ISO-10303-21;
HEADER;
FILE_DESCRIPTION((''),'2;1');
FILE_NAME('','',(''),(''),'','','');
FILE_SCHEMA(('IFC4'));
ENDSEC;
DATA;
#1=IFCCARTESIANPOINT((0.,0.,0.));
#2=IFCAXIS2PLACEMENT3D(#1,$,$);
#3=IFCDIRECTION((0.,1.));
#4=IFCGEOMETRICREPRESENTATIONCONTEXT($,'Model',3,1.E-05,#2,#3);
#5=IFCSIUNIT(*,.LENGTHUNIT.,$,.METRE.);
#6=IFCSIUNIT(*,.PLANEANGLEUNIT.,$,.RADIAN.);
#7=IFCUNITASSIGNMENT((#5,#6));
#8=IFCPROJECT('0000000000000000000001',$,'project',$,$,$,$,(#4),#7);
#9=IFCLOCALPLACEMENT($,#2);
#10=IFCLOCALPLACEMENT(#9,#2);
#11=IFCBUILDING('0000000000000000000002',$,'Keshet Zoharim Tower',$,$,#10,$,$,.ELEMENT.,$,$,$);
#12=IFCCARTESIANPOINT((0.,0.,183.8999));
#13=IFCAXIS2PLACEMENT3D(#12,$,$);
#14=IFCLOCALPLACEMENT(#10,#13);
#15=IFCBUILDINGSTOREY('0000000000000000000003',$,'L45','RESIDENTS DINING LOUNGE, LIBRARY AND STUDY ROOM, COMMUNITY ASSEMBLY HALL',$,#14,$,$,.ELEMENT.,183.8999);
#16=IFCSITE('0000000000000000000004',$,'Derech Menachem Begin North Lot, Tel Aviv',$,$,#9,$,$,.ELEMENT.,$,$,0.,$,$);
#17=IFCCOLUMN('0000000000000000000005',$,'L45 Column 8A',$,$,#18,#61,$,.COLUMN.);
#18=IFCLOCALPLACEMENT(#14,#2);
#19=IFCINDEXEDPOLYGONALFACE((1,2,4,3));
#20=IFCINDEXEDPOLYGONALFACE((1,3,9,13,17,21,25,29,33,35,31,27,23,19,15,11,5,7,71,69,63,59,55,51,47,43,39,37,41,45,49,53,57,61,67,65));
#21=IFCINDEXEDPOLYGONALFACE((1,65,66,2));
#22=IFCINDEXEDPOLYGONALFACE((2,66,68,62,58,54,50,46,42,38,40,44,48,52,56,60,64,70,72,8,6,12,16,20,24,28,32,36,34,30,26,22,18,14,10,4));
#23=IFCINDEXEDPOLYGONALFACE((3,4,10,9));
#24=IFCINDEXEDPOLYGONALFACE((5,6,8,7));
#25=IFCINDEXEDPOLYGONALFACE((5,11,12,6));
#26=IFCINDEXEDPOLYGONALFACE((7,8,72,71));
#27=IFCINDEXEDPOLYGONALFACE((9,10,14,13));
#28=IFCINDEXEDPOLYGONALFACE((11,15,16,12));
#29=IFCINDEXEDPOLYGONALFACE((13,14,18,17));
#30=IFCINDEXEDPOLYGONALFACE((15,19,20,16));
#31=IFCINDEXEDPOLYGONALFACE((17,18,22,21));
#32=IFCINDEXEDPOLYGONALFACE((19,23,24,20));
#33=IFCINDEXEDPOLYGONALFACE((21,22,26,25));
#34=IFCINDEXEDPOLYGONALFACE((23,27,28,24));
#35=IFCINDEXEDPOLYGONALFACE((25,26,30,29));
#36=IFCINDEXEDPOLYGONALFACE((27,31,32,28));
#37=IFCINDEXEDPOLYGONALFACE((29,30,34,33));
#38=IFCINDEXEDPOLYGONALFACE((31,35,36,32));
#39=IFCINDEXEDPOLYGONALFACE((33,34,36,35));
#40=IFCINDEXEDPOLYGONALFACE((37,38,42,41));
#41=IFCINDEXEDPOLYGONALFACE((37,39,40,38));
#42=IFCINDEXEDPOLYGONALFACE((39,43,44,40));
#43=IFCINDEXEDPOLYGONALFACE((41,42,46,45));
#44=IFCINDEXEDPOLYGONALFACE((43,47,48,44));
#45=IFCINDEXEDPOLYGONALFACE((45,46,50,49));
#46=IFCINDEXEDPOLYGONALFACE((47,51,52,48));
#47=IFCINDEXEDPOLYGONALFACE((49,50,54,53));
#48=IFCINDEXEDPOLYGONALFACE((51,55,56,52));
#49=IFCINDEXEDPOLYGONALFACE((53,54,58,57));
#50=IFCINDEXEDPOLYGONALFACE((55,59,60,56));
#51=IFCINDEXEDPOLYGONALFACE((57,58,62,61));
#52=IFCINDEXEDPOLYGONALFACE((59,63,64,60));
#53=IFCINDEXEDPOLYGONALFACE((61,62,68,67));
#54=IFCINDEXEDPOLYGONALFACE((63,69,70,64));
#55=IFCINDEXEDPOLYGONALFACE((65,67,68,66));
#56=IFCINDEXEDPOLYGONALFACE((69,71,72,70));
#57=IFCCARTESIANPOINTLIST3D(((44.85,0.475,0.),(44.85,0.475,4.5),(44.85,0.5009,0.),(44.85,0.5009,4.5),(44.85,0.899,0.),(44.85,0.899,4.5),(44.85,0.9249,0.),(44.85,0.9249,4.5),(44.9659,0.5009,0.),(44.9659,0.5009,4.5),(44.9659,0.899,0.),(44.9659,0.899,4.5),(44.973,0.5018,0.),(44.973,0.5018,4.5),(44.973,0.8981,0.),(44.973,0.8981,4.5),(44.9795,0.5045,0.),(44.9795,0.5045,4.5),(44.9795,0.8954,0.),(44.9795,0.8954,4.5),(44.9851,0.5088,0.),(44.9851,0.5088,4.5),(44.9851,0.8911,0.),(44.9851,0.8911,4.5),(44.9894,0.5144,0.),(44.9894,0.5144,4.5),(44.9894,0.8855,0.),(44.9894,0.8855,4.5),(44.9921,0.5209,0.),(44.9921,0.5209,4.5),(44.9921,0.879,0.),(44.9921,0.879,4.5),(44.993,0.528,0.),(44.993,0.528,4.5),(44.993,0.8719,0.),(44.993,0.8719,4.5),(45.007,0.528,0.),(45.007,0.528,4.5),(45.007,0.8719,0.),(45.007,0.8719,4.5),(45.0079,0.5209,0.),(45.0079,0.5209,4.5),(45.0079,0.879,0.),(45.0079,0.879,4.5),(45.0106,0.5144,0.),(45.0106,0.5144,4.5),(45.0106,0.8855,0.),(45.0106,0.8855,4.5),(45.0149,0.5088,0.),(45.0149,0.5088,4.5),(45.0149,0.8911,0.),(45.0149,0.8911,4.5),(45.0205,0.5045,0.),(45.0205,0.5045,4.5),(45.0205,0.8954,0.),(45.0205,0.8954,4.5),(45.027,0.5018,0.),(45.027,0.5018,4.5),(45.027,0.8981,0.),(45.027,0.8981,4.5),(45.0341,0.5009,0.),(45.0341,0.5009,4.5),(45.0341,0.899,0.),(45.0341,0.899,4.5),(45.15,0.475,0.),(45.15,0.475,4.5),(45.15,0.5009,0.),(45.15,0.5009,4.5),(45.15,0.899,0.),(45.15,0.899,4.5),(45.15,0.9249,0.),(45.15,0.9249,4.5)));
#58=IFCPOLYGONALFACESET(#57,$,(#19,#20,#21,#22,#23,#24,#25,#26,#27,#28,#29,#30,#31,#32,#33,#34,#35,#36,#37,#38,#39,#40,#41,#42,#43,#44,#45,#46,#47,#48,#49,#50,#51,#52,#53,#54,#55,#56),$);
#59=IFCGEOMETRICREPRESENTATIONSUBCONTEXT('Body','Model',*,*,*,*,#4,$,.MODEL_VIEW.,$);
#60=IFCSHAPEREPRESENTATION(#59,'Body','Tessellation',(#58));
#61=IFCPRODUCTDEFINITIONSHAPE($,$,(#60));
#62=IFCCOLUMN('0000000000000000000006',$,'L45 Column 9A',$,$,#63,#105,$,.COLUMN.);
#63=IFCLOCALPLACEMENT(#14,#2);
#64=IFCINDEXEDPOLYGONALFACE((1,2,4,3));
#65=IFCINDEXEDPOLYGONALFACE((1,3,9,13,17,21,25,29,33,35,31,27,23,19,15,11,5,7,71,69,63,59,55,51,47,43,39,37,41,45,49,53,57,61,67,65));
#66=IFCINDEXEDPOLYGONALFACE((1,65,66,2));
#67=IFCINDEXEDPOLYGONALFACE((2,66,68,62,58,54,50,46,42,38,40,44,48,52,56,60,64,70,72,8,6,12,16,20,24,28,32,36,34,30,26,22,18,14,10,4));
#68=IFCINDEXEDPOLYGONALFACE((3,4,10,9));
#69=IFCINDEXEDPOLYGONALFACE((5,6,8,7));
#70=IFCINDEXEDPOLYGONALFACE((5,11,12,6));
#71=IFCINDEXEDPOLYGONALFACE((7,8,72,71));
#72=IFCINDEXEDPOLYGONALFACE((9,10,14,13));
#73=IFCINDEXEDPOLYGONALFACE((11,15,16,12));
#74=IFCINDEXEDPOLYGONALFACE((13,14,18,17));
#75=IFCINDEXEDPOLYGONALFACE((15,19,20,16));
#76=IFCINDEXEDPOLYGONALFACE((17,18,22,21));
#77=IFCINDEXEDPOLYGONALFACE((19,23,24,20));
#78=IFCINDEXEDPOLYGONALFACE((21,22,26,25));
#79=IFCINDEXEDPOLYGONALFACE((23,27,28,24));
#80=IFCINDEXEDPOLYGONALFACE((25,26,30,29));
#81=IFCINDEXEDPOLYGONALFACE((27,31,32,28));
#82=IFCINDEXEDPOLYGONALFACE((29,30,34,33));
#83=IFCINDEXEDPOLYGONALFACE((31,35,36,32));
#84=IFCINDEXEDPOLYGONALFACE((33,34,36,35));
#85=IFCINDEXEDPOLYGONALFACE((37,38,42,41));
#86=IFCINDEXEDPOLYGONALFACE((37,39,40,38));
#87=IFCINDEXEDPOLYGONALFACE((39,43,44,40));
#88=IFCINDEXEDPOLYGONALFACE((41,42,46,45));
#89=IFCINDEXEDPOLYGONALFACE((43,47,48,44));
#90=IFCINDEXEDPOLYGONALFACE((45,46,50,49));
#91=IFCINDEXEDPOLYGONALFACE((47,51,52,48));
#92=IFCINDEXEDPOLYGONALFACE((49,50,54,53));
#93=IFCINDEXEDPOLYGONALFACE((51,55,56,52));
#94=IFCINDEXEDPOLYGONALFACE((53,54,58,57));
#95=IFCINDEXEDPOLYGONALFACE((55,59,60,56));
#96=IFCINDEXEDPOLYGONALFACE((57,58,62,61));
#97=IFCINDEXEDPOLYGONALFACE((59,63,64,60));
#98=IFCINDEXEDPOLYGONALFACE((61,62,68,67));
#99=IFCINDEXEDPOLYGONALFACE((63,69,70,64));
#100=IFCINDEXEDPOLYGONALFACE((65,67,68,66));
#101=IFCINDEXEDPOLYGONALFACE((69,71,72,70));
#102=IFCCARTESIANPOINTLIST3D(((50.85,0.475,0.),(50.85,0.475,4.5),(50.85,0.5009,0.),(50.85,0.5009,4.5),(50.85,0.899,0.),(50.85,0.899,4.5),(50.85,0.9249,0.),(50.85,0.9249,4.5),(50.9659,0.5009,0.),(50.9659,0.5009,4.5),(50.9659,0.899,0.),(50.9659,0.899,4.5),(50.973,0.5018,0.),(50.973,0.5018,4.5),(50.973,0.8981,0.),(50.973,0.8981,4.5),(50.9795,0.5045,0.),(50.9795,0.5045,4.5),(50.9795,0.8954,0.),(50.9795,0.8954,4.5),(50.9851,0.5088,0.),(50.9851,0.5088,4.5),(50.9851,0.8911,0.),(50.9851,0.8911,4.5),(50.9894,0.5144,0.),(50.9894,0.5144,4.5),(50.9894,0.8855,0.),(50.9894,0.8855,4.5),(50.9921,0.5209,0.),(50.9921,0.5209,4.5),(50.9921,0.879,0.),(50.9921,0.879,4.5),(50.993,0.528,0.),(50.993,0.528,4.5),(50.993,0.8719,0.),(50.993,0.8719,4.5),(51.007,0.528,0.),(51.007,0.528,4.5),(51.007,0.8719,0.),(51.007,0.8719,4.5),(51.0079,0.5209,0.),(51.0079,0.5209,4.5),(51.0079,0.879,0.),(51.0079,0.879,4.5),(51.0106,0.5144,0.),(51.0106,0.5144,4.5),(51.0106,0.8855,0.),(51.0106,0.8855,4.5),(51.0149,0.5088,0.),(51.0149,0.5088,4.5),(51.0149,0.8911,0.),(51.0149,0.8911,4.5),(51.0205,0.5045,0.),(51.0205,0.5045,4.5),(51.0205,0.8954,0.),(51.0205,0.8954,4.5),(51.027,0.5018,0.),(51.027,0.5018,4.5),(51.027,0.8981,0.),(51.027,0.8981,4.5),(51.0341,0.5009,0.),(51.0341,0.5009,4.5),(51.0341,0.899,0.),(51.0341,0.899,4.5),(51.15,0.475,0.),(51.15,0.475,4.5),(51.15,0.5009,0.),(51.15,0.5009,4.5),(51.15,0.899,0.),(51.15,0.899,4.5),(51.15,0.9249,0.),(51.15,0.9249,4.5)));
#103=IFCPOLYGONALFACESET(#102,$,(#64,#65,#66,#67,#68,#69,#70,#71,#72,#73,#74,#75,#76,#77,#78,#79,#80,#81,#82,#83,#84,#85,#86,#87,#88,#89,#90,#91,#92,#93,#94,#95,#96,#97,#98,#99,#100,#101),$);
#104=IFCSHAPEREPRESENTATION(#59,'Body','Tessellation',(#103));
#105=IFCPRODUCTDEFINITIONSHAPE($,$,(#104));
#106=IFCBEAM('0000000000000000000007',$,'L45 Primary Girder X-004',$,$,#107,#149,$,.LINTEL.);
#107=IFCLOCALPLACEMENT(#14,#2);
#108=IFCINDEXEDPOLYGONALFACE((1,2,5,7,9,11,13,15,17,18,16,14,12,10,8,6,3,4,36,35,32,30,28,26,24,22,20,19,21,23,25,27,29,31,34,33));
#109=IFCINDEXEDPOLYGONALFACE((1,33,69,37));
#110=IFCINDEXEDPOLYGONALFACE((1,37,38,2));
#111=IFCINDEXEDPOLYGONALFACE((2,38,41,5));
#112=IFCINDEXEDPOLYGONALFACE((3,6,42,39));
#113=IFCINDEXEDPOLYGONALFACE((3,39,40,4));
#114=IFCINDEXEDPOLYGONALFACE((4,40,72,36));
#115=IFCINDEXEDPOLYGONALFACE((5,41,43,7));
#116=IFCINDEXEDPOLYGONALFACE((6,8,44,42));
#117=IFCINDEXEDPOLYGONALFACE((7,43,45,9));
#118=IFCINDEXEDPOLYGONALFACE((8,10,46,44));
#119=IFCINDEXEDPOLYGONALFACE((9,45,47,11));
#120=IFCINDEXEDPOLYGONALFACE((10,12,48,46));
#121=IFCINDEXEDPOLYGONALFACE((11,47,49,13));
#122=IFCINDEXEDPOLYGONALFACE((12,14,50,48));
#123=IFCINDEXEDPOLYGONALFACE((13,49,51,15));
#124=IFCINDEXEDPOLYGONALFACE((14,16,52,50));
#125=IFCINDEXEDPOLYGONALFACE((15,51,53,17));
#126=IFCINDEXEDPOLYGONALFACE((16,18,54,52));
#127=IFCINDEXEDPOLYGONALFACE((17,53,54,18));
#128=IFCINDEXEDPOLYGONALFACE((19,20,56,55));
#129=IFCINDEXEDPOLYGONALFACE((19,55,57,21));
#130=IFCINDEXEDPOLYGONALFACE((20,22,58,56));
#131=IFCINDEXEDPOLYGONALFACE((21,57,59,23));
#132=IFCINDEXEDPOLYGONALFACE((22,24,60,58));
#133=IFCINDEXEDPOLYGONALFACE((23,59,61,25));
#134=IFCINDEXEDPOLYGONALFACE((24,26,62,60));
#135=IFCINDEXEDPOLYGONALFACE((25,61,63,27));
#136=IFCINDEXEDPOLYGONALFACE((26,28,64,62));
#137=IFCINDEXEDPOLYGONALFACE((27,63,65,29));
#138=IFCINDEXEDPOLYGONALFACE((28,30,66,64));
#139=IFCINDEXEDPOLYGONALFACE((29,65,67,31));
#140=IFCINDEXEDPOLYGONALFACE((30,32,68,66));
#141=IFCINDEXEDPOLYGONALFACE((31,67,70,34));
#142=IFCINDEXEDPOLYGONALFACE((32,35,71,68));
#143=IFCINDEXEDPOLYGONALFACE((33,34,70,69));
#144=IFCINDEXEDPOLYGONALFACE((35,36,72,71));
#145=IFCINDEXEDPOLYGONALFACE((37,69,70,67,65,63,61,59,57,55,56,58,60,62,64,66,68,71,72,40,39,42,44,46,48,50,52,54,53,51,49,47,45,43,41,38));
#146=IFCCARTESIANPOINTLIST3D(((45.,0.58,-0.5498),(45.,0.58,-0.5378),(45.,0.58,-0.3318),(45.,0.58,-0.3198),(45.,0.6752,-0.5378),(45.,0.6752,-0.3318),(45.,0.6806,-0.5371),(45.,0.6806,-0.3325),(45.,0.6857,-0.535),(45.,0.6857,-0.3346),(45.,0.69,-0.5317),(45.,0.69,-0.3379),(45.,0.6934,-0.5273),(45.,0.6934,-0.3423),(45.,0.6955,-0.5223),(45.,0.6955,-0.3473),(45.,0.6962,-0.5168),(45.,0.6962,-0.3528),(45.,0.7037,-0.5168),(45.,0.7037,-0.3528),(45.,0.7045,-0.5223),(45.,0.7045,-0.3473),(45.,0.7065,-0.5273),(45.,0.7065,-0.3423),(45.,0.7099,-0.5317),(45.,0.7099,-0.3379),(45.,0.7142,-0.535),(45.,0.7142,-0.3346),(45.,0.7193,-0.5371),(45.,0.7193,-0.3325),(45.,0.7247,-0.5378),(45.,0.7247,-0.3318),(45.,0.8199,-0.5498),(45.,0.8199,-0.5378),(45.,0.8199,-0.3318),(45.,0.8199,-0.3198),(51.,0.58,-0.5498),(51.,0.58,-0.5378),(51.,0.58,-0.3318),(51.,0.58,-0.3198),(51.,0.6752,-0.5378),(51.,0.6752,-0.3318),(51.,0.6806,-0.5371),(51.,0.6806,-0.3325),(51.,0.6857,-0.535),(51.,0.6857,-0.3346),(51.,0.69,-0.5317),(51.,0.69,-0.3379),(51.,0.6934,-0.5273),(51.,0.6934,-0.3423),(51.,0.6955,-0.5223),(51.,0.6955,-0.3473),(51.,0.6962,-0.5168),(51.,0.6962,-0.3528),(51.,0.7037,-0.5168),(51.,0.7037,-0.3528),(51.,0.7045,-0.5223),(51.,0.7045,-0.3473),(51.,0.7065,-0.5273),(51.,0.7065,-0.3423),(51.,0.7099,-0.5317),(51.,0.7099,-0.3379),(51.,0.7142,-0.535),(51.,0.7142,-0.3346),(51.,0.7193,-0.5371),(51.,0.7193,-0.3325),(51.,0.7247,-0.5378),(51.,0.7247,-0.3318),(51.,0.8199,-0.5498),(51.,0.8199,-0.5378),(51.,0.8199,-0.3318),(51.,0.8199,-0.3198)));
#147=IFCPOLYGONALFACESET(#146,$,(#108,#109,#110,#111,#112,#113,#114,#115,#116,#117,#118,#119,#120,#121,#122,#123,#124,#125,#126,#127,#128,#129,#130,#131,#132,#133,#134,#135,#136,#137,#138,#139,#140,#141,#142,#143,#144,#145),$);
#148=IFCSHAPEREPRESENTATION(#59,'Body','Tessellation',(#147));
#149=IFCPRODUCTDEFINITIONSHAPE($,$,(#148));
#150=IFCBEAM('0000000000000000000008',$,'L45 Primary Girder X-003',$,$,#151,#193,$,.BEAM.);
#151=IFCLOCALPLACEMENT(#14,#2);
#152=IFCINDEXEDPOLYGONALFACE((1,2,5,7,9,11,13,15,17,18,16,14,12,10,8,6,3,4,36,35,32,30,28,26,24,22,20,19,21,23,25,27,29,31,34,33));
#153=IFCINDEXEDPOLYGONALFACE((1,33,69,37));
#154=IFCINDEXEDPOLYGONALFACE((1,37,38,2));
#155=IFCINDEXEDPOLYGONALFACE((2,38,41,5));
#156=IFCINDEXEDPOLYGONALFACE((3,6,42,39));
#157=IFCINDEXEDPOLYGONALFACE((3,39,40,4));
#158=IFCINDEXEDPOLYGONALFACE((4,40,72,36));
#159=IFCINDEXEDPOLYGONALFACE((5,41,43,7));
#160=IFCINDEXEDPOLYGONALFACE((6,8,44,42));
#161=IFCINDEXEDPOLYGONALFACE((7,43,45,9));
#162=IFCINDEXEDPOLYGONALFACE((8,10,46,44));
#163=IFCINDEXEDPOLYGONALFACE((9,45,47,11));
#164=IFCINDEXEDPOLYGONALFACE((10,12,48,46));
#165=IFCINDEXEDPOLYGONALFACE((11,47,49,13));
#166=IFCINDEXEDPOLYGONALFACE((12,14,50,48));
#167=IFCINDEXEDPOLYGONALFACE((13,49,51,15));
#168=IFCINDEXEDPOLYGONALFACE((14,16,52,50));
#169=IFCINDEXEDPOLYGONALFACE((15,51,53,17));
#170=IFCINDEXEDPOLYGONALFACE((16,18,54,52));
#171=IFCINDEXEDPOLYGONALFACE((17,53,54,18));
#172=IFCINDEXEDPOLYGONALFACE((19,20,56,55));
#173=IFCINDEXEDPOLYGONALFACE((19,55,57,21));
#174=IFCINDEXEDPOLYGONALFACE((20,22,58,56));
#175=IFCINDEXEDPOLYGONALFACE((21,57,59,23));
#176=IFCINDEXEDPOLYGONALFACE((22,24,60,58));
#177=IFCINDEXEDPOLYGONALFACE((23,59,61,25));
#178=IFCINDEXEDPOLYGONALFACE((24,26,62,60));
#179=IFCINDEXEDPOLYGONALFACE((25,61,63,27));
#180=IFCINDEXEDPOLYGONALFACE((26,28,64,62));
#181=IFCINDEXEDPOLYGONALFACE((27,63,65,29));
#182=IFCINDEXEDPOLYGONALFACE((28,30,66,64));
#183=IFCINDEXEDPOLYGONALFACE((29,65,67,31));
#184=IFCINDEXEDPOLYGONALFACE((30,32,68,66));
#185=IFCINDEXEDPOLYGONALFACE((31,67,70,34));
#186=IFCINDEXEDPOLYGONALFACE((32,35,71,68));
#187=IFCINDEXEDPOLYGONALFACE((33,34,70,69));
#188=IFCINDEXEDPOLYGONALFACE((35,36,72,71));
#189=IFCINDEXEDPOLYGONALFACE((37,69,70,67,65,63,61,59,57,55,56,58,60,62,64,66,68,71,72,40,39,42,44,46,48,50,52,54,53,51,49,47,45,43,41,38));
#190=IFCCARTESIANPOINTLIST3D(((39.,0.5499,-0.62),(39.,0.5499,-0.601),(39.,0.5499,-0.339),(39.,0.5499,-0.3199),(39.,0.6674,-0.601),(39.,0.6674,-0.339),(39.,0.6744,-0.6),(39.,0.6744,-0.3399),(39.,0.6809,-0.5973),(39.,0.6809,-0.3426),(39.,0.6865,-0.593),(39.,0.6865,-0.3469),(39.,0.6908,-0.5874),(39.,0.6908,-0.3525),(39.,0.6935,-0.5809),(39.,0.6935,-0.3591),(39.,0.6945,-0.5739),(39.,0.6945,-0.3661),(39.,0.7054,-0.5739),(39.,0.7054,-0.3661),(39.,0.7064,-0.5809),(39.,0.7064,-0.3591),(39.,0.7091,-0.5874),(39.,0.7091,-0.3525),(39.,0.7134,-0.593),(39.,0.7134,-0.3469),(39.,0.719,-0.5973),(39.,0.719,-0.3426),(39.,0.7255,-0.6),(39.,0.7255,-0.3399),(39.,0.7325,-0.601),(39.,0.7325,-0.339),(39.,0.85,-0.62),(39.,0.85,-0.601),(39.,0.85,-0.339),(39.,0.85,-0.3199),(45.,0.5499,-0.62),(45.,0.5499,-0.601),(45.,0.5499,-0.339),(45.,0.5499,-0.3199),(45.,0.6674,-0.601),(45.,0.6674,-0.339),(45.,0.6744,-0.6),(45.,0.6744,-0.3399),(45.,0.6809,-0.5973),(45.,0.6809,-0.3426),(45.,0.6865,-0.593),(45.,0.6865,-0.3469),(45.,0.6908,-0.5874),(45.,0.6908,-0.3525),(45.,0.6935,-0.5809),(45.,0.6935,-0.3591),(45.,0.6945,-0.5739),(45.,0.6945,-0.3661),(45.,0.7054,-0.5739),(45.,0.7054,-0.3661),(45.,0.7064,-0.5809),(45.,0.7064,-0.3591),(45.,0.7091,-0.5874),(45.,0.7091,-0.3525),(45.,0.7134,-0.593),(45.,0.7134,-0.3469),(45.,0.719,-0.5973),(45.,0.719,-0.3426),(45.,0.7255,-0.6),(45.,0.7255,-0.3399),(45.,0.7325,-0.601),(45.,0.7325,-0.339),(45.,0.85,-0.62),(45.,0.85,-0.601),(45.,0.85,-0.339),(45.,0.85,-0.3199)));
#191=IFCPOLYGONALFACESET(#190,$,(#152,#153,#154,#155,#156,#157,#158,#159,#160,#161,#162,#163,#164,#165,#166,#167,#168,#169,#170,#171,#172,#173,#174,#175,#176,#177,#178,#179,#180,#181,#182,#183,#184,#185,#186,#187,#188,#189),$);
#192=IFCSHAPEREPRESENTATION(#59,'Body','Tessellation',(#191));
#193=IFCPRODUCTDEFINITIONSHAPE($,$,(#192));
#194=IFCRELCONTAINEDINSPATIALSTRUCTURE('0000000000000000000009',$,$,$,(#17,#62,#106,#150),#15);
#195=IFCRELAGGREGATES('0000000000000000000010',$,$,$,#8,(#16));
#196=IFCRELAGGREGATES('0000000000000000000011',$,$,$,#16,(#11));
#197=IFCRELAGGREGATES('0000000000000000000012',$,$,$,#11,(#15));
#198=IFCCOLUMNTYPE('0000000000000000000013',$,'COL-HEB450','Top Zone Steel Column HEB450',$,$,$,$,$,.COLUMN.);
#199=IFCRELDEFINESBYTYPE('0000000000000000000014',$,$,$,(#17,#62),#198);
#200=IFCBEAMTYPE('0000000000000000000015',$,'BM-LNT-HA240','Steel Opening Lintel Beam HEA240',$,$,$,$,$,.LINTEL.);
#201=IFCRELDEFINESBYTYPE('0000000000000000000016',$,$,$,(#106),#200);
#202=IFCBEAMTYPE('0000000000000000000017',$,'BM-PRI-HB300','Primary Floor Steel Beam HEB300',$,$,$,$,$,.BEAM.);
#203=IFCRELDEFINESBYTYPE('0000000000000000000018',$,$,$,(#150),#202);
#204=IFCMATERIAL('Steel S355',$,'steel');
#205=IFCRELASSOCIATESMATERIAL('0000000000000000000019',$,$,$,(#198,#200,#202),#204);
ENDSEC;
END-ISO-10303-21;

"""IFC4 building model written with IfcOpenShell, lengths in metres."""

from ifc_helpers import new_model, si_unit, direction, frame, origin, origin_2d, place, context, subcontext, project, spatial, i_section, extrude, material, material_profile, profile_set, type_object, element, save


model = new_model("IFC4")

# Units and contexts
model_context = context("Model", 3, precision=1e-05, world=origin(), true_north=direction((0.0, 1.0)))
body_context = subcontext(model_context, "Body", "Model", "MODEL_VIEW")
ifc_project = project(units=[si_unit("LENGTHUNIT", "METRE"), si_unit("PLANEANGLEUNIT", "RADIAN")], contexts=[model_context])

# Site, building, storey
site_placement = place(None, origin())
site = spatial("IfcSite", under=ifc_project, at=site_placement, Name="Derech Menachem Begin North Lot, Tel Aviv", CompositionType="ELEMENT", RefElevation=0.0)
building_placement = place(site_placement, origin())
building = spatial("IfcBuilding", under=site, at=building_placement, Name="Keshet Zoharim Tower", CompositionType="ELEMENT")
storey_placement = place(building_placement, frame((0.0, 0.0, 183.8999)))
storey = spatial("IfcBuildingStorey", under=building, at=storey_placement, Name="L45", Description="RESIDENTS DINING LOUNGE, LIBRARY AND STUDY ROOM, COMMUNITY ASSEMBLY HALL", CompositionType="ELEMENT", Elevation=183.8999)

# Columns
ifc_material_1 = material(Name="Steel S355", Category="steel")
ifc_material_profile_1 = material_profile(ifc_material_1, i_section(OverallWidth=0.3, OverallDepth=0.45, WebThickness=0.0139, FlangeThickness=0.0259, FilletRadius=0.0271, at=origin_2d()), Name="HEB450")
ifc_profile_set_1 = profile_set([ifc_material_profile_1], Name="Steel S355")
column_type = type_object("IfcColumnType", Name="COL-HEB450", Description="Top Zone Steel Column HEB450", PredefinedType="COLUMN", material=ifc_profile_set_1)
for number, where, z_axis, x_axis, name in (
    (1, (45.0, 0.7, 0.0), (0.0, 0.0, 1.0), (1.0, 0.0, 0.0), "L45 Column 8A"),
    (2, (51.0, 0.7, 0.0), (0.0, 0.0, 1.0), (1.0, 0.0, 0.0), "L45 Column 9A"),
):
    element("IfcColumn", number, at=place(storey_placement, frame(where, z_axis=z_axis, x_axis=x_axis)), inside=storey, type_object=column_type, Name=name, PredefinedType="COLUMN", context=body_context, shape_type="SweptSolid", body=[
        extrude(i_section(OverallWidth=0.3, OverallDepth=0.45, WebThickness=0.0139, FlangeThickness=0.0259, FilletRadius=0.0271, at=origin_2d()), origin(), (0.0, 0.0, 1.0), 4.5),
    ])

# Beams
ifc_material_profile_2 = material_profile(ifc_material_1, i_section(OverallWidth=0.24, OverallDepth=0.23, WebThickness=0.0076, FlangeThickness=0.012, FilletRadius=0.021, at=origin_2d()), Name="HEA240")
ifc_profile_set_2 = profile_set([ifc_material_profile_2], Name="Steel S355")
beam_type_1 = type_object("IfcBeamType", Name="BM-LNT-HA240", Description="Steel Opening Lintel Beam HEA240", PredefinedType="LINTEL", material=ifc_profile_set_2)
beam_1_placement = place(storey_placement, frame((45.0, 0.7, -0.4348), z_axis=(1.0, 0.0, 0.0), x_axis=(0.0, 1.0, 0.0)))
element("IfcBeam", 3, at=beam_1_placement, inside=storey, type_object=beam_type_1, Name="L45 Primary Girder X-004", PredefinedType="LINTEL", context=body_context, shape_type="SweptSolid", body=[
    extrude(i_section(OverallWidth=0.24, OverallDepth=0.23, WebThickness=0.0076, FlangeThickness=0.012, FilletRadius=0.021, at=origin_2d()), origin(), (0.0, 0.0, 1.0), 6.0),
])
ifc_material_profile_3 = material_profile(ifc_material_1, i_section(OverallWidth=0.3, OverallDepth=0.3, WebThickness=0.011, FlangeThickness=0.019, FilletRadius=0.0271, at=origin_2d()), Name="HEB300")
ifc_profile_set_3 = profile_set([ifc_material_profile_3], Name="Steel S355")
beam_type_2 = type_object("IfcBeamType", Name="BM-PRI-HB300", Description="Primary Floor Steel Beam HEB300", PredefinedType="BEAM", material=ifc_profile_set_3)
beam_2_placement = place(storey_placement, frame((39.0, 0.7, -0.47), z_axis=(1.0, 0.0, 0.0), x_axis=(0.0, 1.0, 0.0)))
element("IfcBeam", 4, at=beam_2_placement, inside=storey, type_object=beam_type_2, Name="L45 Primary Girder X-003", PredefinedType="BEAM", context=body_context, shape_type="SweptSolid", body=[
    extrude(i_section(OverallWidth=0.3, OverallDepth=0.3, WebThickness=0.011, FlangeThickness=0.019, FilletRadius=0.0271, at=origin_2d()), origin(), (0.0, 0.0, 1.0), 6.0),
])

save(model, "model.ifc")
